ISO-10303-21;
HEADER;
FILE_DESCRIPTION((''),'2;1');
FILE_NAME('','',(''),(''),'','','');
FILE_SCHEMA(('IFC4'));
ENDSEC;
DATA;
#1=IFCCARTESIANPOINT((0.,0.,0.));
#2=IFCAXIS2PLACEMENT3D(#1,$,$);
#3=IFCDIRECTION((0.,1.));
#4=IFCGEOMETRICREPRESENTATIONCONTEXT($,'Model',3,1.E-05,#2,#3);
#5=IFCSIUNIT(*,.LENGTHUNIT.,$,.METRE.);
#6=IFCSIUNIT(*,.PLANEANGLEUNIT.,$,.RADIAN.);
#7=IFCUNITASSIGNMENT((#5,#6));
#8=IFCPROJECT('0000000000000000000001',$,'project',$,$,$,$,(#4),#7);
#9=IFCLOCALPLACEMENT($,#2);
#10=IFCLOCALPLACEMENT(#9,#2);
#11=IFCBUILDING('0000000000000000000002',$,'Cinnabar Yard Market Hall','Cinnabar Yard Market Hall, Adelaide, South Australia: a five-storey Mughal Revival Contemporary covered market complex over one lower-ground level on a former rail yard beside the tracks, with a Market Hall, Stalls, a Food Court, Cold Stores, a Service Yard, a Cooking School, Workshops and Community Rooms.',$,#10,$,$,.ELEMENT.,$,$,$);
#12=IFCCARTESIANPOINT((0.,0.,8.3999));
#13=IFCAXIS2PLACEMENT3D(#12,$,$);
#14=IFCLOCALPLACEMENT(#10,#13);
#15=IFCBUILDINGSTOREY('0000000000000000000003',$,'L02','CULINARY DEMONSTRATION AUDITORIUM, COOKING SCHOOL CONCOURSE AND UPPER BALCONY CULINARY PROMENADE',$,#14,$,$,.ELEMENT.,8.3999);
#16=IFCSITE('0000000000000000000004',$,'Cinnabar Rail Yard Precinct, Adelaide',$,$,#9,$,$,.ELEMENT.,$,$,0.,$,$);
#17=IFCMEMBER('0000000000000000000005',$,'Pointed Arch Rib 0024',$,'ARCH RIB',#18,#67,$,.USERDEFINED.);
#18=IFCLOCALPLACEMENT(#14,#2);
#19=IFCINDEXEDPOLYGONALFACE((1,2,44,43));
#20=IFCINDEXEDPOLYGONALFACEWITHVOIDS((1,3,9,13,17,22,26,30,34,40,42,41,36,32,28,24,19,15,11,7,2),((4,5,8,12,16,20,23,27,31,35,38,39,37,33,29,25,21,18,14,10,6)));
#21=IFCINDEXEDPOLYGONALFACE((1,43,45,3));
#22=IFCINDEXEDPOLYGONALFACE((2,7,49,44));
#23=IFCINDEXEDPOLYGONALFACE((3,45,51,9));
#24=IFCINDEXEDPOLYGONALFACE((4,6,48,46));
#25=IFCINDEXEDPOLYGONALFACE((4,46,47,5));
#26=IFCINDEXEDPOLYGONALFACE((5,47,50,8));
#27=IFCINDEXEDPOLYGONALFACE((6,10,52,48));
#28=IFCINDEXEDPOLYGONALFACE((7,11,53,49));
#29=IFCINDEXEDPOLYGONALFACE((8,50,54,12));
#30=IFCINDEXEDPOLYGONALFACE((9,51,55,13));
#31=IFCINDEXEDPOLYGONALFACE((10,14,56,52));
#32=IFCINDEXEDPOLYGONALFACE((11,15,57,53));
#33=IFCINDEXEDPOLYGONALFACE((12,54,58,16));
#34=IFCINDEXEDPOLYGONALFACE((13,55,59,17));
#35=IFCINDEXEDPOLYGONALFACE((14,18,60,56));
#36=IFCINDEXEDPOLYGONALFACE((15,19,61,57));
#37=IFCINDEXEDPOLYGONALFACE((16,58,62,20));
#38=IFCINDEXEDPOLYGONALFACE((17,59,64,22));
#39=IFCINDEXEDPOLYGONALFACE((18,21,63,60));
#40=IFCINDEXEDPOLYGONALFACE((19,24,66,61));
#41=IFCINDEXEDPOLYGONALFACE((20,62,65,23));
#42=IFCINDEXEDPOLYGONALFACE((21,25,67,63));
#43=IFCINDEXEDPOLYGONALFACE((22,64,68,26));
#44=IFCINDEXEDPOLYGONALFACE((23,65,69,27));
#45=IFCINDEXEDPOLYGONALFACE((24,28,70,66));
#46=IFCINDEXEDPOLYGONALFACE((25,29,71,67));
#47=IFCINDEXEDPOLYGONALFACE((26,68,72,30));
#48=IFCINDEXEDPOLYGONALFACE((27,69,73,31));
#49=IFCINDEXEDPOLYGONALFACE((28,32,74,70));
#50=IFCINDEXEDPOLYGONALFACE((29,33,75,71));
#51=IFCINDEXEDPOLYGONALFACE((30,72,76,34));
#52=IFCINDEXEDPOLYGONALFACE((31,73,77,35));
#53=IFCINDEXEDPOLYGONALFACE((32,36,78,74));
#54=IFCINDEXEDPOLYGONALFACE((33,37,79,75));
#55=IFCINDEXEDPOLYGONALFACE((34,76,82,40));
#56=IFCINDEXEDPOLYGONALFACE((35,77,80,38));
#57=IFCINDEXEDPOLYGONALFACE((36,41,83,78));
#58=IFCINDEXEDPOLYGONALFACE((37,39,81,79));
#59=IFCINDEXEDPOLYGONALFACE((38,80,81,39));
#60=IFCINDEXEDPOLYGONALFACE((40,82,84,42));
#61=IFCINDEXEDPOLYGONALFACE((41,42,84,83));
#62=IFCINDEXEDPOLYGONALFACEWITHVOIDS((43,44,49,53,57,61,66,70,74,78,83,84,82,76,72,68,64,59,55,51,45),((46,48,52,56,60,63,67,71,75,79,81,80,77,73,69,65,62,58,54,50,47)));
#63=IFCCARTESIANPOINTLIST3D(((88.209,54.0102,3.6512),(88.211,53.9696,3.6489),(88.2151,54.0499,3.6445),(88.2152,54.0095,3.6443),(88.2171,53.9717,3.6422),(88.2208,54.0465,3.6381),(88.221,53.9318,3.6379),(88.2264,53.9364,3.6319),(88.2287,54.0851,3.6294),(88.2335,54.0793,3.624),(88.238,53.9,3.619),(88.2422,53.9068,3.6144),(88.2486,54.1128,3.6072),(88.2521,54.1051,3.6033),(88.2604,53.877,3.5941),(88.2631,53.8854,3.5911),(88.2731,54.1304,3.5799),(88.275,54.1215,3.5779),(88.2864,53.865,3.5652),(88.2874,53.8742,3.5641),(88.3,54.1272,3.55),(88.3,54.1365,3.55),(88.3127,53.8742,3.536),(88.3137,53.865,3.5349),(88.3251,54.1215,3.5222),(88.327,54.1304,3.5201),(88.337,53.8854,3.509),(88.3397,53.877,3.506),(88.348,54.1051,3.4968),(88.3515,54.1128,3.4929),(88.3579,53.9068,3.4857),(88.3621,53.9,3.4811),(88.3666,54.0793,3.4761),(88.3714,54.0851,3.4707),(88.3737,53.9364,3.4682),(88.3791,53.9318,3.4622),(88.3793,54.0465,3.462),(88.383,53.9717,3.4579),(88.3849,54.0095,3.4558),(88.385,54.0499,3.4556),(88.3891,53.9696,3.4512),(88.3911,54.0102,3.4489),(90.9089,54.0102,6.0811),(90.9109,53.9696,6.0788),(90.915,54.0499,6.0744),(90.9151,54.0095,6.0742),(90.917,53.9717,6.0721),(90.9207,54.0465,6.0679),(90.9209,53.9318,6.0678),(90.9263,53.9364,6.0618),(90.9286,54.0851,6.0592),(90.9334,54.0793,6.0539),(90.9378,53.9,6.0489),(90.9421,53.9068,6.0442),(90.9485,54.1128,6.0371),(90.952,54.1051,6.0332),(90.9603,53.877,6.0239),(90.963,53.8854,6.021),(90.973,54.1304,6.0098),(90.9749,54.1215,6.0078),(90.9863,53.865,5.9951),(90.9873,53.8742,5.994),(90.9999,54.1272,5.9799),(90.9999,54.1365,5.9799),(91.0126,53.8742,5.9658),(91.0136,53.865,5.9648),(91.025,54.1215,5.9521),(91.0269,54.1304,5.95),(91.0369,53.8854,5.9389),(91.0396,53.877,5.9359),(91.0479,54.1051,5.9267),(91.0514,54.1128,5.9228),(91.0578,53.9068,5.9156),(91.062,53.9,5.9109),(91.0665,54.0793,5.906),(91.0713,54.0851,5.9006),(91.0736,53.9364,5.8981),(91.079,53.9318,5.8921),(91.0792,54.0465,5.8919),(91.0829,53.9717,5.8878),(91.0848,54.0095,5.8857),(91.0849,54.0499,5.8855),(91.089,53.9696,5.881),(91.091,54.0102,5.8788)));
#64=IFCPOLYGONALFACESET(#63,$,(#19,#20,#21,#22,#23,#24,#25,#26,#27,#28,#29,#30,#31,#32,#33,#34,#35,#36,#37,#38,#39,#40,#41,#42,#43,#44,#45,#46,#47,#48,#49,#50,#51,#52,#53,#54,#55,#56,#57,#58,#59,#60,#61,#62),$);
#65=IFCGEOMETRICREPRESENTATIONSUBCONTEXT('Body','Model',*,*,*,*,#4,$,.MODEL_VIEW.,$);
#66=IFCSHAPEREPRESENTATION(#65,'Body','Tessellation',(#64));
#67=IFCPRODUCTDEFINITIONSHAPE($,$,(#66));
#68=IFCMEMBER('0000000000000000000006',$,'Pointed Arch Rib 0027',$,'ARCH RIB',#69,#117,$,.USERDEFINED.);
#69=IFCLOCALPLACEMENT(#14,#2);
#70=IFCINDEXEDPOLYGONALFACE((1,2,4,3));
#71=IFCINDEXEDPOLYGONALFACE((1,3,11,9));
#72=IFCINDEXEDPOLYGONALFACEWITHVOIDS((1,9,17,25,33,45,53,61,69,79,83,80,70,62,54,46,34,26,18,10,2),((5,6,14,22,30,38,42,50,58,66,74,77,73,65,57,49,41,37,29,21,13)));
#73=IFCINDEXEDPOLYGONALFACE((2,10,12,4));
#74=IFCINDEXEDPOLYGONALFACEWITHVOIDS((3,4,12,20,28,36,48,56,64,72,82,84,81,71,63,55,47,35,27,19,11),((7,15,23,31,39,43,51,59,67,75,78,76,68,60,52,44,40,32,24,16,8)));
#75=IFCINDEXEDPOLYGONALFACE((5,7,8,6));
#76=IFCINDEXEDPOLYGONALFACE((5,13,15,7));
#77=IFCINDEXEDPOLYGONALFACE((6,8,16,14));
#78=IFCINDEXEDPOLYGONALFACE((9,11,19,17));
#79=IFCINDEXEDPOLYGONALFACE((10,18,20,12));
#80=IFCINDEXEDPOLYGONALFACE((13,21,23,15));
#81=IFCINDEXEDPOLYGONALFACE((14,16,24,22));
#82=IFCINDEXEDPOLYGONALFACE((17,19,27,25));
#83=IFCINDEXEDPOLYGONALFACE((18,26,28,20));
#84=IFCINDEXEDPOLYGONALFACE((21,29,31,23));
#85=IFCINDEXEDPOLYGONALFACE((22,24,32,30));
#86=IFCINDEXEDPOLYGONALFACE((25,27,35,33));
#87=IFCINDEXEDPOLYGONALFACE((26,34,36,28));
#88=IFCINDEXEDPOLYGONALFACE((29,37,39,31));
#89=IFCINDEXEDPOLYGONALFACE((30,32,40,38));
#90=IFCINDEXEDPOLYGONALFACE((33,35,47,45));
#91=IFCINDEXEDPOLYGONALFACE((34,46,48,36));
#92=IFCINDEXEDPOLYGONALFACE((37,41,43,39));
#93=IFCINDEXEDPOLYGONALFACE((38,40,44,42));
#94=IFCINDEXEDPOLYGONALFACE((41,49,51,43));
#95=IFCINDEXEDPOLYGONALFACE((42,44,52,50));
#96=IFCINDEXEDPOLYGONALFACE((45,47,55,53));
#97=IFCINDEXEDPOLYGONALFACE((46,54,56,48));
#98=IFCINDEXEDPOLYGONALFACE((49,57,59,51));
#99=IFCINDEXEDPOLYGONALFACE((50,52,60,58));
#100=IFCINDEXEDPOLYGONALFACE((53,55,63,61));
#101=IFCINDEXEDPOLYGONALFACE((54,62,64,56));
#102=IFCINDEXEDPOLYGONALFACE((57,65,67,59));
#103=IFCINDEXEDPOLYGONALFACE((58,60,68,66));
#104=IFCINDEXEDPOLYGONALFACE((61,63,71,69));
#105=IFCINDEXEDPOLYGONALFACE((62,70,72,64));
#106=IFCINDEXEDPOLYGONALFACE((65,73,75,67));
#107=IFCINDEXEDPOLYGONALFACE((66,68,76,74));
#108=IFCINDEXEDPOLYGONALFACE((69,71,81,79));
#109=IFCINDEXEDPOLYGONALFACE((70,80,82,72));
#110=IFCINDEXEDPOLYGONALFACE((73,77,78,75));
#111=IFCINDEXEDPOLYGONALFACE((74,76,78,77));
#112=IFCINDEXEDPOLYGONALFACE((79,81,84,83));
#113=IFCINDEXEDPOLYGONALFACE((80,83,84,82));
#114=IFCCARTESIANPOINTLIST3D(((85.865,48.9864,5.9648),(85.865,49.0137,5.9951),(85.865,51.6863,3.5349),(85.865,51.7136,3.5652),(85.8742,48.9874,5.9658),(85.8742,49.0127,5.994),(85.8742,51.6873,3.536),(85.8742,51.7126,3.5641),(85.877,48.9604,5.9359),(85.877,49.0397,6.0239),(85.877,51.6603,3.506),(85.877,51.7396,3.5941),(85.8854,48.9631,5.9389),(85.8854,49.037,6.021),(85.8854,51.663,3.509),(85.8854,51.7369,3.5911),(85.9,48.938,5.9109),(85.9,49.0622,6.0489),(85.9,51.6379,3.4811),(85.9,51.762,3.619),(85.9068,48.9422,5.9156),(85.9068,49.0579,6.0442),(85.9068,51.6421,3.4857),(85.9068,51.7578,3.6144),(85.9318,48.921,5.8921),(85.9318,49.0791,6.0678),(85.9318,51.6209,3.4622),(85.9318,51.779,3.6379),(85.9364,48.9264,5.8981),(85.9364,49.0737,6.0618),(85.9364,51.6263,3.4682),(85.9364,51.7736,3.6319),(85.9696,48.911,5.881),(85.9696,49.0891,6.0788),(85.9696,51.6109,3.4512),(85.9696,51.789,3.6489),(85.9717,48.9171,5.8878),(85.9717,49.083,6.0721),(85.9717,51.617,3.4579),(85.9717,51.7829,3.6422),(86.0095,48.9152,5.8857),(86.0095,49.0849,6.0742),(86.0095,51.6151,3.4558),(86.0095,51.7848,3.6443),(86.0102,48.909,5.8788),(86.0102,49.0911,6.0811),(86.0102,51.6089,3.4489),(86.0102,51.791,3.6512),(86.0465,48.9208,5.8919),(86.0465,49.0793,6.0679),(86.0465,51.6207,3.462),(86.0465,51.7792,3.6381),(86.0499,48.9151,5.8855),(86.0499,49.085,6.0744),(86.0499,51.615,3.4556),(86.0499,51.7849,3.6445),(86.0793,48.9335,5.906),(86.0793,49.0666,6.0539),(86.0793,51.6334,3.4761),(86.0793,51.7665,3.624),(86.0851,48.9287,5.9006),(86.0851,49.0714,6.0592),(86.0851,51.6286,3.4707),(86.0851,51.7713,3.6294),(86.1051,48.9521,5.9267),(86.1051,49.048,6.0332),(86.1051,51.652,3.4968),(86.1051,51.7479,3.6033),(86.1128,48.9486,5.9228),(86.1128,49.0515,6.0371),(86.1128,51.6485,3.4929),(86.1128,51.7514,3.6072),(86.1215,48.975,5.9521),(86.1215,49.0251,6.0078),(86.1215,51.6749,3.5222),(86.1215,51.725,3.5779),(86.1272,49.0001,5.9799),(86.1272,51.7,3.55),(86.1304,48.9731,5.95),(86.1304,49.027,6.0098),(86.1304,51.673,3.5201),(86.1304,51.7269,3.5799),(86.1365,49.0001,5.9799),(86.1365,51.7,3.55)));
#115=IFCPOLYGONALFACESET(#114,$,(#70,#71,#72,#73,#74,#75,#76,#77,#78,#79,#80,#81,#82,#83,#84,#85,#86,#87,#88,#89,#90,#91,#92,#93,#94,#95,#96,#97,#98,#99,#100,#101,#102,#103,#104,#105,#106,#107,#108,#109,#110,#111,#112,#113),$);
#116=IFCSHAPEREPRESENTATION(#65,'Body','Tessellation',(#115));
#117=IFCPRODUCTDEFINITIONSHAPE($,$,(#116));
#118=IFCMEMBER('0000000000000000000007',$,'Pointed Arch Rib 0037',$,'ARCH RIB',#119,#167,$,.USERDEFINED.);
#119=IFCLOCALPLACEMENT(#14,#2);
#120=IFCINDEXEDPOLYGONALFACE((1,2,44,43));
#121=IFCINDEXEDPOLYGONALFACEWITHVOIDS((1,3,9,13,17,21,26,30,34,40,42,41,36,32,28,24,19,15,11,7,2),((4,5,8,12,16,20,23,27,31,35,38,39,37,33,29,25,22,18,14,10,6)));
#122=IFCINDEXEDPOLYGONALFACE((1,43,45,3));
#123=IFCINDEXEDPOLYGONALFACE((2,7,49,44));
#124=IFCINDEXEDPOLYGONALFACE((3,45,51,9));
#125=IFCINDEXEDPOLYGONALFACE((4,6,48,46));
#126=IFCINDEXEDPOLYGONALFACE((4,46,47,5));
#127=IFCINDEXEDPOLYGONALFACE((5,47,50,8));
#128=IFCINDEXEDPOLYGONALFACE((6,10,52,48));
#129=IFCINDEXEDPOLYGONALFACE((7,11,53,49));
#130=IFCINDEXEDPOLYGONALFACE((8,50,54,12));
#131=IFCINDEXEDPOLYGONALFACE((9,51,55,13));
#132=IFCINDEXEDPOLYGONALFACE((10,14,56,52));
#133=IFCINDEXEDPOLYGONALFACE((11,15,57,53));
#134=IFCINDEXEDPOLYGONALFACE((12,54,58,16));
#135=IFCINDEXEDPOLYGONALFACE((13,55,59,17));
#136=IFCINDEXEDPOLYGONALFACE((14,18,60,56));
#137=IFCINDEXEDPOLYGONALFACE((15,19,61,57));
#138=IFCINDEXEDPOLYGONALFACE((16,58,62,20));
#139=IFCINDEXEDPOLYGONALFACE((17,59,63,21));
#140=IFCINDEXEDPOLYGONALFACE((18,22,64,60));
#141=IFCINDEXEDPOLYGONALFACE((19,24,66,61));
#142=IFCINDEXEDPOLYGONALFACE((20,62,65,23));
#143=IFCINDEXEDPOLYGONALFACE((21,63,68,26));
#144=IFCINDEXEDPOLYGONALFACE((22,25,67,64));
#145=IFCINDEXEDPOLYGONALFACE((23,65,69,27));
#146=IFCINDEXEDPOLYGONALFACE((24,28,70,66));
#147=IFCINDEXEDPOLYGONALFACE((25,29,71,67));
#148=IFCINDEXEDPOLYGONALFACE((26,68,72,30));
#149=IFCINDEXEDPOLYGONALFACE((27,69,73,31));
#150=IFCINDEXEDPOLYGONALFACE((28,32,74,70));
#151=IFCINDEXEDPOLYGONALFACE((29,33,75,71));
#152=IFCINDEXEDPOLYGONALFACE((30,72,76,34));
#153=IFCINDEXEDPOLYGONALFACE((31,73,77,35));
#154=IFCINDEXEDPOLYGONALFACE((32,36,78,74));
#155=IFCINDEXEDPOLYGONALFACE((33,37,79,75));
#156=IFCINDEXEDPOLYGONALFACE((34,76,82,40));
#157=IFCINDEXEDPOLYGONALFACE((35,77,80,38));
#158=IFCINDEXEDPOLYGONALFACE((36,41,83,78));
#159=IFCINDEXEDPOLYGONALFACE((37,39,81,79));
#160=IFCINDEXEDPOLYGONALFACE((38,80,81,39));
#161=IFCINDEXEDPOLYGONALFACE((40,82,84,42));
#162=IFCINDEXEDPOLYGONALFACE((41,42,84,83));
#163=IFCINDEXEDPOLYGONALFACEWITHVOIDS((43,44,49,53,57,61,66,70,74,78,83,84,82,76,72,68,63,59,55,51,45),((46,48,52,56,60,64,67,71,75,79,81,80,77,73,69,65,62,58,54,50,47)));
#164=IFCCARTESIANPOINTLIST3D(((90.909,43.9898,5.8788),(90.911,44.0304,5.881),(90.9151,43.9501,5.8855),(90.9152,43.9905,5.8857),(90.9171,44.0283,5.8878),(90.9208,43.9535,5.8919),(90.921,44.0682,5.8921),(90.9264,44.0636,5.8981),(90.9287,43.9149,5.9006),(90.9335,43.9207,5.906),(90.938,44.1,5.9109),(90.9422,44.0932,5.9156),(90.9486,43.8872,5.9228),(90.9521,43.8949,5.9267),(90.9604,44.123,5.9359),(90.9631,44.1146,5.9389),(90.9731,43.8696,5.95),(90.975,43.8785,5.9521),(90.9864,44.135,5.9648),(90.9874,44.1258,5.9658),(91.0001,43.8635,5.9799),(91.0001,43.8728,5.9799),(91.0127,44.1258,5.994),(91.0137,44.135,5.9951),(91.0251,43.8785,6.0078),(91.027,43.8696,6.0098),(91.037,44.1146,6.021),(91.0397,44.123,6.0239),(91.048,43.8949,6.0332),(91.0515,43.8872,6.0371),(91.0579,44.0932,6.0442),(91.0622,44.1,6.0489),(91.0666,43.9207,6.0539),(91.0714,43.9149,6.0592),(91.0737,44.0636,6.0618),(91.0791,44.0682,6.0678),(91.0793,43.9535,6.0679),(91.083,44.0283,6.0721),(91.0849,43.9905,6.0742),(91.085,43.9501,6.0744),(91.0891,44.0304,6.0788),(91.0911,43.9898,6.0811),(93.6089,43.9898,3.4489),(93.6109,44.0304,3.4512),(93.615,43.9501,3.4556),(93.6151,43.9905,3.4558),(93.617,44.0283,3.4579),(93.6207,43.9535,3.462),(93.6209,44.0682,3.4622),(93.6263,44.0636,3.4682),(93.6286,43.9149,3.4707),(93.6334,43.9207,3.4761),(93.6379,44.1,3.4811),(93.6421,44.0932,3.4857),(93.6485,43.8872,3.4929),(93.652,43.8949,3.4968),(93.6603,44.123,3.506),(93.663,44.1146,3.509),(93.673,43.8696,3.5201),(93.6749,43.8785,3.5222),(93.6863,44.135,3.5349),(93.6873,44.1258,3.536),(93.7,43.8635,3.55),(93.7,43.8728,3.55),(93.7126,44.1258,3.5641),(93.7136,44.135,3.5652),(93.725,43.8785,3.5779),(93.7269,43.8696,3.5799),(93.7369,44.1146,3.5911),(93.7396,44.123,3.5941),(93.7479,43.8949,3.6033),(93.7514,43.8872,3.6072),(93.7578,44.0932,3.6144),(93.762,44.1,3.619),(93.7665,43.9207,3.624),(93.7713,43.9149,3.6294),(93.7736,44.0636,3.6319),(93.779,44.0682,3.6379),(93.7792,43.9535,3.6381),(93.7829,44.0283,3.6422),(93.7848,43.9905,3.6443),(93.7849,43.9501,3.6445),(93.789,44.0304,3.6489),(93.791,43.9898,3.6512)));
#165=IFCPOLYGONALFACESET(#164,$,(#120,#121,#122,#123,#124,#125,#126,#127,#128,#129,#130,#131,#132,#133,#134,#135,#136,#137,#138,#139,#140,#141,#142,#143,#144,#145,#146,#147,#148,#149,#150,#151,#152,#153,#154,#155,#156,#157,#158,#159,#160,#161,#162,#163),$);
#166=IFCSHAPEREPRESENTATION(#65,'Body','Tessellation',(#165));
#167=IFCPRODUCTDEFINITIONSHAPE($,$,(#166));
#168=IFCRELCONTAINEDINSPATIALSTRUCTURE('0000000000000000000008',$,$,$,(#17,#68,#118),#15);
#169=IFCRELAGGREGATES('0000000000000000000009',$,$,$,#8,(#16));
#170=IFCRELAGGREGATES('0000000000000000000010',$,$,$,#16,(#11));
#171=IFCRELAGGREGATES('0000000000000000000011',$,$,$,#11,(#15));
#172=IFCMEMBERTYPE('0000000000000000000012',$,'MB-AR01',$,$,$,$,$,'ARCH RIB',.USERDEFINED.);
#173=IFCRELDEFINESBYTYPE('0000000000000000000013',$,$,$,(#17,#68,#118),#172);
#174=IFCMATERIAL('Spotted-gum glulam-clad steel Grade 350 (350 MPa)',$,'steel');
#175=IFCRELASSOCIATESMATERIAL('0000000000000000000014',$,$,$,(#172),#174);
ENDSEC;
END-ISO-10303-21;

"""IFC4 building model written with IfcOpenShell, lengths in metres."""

from ifc_helpers import new_model, si_unit, direction, frame, origin, origin_2d_with_axis, place, context, subcontext, project, spatial, hollow_circle, extrude, material, material_profile, profile_set, type_object, element, save


model = new_model("IFC4")

# Units and contexts
model_context = context("Model", 3, precision=1e-05, world=origin(), true_north=direction((0.0, 1.0)))
body_context = subcontext(model_context, "Body", "Model", "MODEL_VIEW")
ifc_project = project(units=[si_unit("LENGTHUNIT", "METRE"), si_unit("PLANEANGLEUNIT", "RADIAN")], contexts=[model_context])

# Site, building, storey
site_placement = place(None, origin())
site = spatial("IfcSite", under=ifc_project, at=site_placement, Name="Cinnabar Rail Yard Precinct, Adelaide", CompositionType="ELEMENT", RefElevation=0.0)
building_placement = place(site_placement, origin())
building = spatial("IfcBuilding", under=site, at=building_placement, Name="Cinnabar Yard Market Hall", Description="Cinnabar Yard Market Hall, Adelaide, South Australia: a five-storey Mughal Revival Contemporary covered market complex over one lower-ground level on a former rail yard beside the tracks, with a Market Hall, Stalls, a Food Court, Cold Stores, a Service Yard, a Cooking School, Workshops and Community Rooms.", CompositionType="ELEMENT")
storey_placement = place(building_placement, frame((0.0, 0.0, 8.3999)))
storey = spatial("IfcBuildingStorey", under=building, at=storey_placement, Name="L02", Description="CULINARY DEMONSTRATION AUDITORIUM, COOKING SCHOOL CONCOURSE AND UPPER BALCONY CULINARY PROMENADE", CompositionType="ELEMENT", Elevation=8.3999)

# Shared definitions
ifc_material_1 = material(Name="Spotted-gum glulam-clad steel Grade 350 (350 MPa)", Category="steel")

# Members
ifc_material_profile_1 = material_profile(ifc_material_1, hollow_circle(Radius=0.1365, WallThickness=0.0093, at=origin_2d_with_axis()), Name="273.1x9.3CHS")
ifc_profile_set_1 = profile_set([ifc_material_profile_1], Name="Spotted-gum glulam-clad steel Grade 350 (350 MPa)")
member_type_1 = type_object("IfcMemberType", Name="MB-AR01", ElementType="ARCH RIB", PredefinedType="USERDEFINED", material=ifc_profile_set_1)
for number, where, z_axis, x_axis, name in (
    (1, (88.3, 54.0, 3.55), (0.743297, 0.0, 0.668961), (0.0, 1.0, 0.0), "Pointed Arch Rib 0024"),
    (2, (86.0, 51.7, 3.55), (0.0, -0.743297, 0.668961), (1.0, 0.0, 0.0), "Pointed Arch Rib 0027"),
    (3, (93.7, 44.0, 3.55), (-0.743297, 0.0, 0.668961), (0.0, -1.0, 0.0), "Pointed Arch Rib 0037"),
):
    element("IfcMember", number, at=place(storey_placement, frame(where, z_axis=z_axis, x_axis=x_axis)), inside=storey, type_object=member_type_1, Name=name, ObjectType="ARCH RIB", PredefinedType="USERDEFINED", context=body_context, shape_type="SweptSolid", body=[
        extrude(hollow_circle(Radius=0.1365, WallThickness=0.0093, at=origin_2d_with_axis()), origin(), (0.0, 0.0, 1.0), 3.6323),
    ])

save(model, "model.ifc")
